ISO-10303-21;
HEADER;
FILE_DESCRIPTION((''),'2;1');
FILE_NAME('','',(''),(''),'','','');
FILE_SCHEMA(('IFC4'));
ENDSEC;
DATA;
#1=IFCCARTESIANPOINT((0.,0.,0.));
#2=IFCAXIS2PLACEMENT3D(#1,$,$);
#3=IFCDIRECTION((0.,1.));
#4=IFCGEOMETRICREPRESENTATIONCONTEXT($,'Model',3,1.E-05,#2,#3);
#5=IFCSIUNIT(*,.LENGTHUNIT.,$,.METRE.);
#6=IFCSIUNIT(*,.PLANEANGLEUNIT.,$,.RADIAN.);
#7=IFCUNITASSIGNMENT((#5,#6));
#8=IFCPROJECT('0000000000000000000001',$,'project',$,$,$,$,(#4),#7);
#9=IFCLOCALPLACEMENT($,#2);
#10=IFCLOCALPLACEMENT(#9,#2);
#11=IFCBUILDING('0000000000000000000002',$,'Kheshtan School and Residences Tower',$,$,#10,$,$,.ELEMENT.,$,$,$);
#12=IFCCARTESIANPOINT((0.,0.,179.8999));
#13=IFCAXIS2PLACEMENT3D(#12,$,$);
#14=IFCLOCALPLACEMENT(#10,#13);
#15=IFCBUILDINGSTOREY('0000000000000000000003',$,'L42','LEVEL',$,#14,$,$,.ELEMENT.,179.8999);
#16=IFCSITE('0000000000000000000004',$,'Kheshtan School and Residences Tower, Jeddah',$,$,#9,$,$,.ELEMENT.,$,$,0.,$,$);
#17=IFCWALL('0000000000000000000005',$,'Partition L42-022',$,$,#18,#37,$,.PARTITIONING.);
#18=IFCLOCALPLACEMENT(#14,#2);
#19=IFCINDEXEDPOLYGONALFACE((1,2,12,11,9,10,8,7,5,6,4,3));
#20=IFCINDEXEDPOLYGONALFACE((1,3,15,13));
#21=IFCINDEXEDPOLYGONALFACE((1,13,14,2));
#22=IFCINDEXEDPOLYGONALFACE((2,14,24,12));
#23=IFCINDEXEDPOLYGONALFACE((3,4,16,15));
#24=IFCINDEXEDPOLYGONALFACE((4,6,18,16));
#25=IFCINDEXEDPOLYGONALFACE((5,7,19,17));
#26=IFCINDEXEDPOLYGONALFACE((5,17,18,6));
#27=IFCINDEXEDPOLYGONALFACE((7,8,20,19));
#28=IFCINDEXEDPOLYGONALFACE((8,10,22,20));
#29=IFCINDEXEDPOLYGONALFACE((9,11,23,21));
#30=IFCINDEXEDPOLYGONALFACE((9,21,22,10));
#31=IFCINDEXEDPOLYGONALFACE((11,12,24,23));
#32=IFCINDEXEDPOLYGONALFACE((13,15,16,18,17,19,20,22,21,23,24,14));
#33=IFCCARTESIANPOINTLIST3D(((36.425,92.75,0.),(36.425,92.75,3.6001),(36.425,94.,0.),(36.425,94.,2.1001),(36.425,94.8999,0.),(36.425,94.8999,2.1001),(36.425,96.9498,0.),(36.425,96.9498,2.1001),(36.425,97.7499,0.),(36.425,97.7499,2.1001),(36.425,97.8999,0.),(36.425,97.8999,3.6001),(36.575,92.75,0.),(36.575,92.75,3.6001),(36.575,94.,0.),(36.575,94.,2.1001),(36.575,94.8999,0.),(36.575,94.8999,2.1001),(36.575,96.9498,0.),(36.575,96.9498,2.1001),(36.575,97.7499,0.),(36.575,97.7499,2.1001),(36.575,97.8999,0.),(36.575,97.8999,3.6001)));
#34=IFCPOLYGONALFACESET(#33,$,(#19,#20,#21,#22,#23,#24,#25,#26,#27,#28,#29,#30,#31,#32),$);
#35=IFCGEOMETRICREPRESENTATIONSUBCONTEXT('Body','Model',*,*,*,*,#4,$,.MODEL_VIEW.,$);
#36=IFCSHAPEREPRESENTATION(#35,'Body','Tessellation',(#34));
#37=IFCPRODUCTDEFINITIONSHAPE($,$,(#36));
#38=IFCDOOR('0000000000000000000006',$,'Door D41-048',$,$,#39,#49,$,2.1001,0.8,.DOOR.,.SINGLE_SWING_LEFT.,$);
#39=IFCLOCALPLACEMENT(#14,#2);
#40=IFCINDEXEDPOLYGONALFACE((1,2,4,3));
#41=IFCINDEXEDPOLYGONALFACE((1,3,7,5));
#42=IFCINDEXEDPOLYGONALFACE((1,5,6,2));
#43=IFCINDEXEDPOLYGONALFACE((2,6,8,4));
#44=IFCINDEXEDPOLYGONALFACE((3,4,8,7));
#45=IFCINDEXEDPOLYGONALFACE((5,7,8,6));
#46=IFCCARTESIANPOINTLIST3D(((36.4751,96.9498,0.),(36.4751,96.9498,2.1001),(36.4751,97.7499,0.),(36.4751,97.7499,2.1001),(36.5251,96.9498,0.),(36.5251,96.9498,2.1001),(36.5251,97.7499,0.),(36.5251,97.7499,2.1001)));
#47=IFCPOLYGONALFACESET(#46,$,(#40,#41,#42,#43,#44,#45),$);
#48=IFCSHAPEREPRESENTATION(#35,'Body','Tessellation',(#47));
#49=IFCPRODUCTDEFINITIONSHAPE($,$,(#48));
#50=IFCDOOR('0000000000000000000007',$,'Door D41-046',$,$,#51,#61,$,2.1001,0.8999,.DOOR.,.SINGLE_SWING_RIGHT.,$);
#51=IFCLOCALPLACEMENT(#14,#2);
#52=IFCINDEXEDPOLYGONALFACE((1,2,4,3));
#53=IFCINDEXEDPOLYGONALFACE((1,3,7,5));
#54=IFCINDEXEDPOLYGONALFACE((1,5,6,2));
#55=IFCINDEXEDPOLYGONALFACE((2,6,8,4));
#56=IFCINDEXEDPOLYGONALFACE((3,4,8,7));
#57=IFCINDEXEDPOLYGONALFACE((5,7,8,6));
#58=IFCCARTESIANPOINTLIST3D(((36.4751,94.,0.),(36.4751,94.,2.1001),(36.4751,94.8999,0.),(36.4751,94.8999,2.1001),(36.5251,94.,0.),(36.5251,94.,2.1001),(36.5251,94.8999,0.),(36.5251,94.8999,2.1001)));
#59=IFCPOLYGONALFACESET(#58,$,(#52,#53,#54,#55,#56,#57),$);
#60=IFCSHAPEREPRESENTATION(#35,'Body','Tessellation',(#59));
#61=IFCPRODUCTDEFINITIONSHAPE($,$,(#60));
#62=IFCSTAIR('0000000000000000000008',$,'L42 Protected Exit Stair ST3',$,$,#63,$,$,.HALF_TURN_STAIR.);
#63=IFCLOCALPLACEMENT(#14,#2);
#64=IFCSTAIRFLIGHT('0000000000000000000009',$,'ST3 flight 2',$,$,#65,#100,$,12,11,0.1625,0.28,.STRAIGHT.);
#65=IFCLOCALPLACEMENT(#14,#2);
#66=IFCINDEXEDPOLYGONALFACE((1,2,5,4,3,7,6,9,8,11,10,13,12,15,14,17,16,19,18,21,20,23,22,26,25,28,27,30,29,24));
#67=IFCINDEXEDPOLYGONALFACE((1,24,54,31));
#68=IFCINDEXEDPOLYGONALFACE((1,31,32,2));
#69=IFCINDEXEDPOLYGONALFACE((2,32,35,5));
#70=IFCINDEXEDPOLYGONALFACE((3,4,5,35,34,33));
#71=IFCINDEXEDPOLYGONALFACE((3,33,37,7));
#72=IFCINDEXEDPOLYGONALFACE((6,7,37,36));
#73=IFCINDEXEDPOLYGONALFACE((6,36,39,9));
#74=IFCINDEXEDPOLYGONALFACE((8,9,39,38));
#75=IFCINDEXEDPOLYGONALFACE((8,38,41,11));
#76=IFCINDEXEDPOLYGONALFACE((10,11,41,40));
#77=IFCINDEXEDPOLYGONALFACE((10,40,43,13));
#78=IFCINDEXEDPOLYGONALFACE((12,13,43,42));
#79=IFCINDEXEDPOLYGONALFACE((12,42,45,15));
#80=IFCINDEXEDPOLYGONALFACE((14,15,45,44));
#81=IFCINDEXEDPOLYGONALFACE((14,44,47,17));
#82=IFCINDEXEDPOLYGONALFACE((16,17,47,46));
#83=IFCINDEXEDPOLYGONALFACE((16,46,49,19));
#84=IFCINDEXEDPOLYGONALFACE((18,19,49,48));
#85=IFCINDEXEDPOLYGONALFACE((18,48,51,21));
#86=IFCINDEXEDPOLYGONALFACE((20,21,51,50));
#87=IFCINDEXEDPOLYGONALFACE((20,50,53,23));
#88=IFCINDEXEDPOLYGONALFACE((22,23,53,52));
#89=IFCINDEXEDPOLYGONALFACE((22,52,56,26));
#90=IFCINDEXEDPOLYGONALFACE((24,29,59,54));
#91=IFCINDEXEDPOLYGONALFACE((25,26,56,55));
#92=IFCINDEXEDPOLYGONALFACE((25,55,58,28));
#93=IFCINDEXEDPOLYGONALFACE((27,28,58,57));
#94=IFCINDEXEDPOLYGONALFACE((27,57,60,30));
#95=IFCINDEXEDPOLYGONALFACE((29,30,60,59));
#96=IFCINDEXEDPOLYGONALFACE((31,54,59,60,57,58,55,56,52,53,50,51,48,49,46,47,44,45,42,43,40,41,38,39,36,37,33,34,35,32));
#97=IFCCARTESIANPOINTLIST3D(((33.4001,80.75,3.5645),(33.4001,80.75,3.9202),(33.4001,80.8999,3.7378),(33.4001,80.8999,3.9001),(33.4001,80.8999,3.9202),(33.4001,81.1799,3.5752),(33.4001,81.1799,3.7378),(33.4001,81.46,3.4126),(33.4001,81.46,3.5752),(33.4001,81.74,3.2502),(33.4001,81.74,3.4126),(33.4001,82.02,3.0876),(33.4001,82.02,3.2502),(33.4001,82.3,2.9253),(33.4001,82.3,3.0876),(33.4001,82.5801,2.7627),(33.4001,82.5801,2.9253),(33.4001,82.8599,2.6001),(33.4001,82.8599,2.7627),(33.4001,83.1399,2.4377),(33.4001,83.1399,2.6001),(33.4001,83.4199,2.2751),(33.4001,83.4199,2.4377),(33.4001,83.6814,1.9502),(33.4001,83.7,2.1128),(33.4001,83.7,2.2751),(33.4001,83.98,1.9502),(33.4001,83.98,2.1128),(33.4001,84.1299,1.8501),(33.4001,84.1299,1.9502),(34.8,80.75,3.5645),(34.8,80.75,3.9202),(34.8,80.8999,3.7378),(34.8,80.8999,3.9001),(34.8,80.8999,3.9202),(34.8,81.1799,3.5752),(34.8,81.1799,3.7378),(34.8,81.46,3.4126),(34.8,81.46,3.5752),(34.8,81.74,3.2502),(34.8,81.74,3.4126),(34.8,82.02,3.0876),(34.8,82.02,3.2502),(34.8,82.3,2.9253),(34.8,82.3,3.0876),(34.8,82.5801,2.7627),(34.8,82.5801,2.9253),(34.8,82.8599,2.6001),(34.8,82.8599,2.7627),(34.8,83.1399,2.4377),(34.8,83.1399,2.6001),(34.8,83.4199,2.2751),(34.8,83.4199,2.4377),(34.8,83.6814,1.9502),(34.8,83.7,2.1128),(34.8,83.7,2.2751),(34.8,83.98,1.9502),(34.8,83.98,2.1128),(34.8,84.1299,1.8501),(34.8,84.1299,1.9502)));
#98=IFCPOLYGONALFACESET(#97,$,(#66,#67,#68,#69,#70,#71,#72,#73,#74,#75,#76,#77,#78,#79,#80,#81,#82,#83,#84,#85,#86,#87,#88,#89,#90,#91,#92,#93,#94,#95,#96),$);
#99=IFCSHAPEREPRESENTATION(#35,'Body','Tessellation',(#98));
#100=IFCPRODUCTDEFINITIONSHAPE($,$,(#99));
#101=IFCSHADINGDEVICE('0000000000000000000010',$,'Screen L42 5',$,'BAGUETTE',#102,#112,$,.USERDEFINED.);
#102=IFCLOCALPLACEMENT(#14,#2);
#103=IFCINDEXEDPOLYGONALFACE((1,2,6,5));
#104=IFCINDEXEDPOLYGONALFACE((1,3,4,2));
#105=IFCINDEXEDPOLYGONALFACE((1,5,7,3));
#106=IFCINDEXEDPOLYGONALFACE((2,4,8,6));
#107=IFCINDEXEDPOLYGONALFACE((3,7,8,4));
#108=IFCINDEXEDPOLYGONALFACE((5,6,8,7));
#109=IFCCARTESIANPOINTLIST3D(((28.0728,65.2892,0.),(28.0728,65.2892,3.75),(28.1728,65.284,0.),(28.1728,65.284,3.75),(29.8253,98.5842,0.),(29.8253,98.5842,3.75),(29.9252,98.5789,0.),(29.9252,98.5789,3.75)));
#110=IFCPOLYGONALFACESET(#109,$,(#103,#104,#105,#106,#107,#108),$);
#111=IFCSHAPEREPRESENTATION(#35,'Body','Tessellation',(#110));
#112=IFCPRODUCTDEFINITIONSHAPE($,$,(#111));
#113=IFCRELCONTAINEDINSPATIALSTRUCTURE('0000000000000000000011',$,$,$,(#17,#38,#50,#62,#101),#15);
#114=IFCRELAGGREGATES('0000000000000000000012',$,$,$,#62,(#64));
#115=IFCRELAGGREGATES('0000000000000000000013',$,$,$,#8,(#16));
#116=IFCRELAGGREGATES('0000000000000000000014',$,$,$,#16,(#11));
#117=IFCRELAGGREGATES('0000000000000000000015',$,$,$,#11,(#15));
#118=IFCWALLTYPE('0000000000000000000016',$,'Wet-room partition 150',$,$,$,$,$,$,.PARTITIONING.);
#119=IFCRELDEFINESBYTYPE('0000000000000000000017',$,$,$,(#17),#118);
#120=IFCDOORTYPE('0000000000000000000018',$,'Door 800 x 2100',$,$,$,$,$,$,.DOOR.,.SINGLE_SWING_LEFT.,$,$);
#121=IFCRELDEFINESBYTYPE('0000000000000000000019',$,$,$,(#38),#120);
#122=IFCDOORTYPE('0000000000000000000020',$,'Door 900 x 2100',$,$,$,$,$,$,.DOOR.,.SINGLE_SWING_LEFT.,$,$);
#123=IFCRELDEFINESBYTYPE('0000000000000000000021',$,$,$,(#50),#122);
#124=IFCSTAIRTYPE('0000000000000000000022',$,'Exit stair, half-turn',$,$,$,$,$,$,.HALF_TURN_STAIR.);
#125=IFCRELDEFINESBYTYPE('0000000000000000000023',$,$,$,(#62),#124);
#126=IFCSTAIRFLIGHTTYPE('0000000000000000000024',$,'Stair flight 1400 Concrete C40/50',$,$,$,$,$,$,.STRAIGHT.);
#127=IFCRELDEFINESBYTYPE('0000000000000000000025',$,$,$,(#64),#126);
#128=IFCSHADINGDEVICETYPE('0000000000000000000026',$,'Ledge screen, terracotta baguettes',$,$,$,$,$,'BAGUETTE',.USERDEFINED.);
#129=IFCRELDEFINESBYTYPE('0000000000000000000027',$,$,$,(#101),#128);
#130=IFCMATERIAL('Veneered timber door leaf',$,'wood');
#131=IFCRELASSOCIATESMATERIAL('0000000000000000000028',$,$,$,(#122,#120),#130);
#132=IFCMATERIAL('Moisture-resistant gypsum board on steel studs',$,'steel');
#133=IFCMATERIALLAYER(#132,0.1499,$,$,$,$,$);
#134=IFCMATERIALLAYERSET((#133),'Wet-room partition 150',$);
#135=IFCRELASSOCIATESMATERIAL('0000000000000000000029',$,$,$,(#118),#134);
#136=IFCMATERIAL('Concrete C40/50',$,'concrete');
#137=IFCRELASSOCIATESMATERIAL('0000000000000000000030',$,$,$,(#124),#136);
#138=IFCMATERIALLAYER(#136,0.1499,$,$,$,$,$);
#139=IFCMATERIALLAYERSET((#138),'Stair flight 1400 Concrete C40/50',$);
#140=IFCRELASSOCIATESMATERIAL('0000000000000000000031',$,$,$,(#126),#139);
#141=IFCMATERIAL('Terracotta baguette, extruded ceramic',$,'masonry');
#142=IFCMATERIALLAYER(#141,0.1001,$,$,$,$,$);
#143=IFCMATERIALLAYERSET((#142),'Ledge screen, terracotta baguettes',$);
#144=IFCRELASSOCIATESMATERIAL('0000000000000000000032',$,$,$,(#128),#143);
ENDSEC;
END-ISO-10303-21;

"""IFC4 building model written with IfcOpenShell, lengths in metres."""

from ifc_helpers import new_model, si_unit, direction, frame, frame_2d, origin, origin_2d, place, context, subcontext, project, spatial, polyline, rectangle, outline, extrude, source, transform, mapped, material, layer, layer_set, type_object, element, fill, aggregate, save


model = new_model("IFC4")

# Units and contexts
model_context = context("Model", 3, precision=1e-05, world=origin(), true_north=direction((0.0, 1.0)))
body_context = subcontext(model_context, "Body", "Model", "MODEL_VIEW")
ifc_project = project(units=[si_unit("LENGTHUNIT", "METRE"), si_unit("PLANEANGLEUNIT", "RADIAN")], contexts=[model_context])

# Site, building, storey
site_placement = place(None, origin())
site = spatial("IfcSite", under=ifc_project, at=site_placement, Name="Kheshtan School and Residences Tower, Jeddah", CompositionType="ELEMENT", RefElevation=0.0)
building_placement = place(site_placement, origin())
building = spatial("IfcBuilding", under=site, at=building_placement, Name="Kheshtan School and Residences Tower", CompositionType="ELEMENT")
storey_placement = place(building_placement, frame((0.0, 0.0, 179.8999)))
storey = spatial("IfcBuildingStorey", under=building, at=storey_placement, Name="L42", Description="LEVEL", CompositionType="ELEMENT", Elevation=179.8999)

# Shared definitions
ifc_material_1 = material(Name="Veneered timber door leaf", Category="wood")
door_type_1 = type_object("IfcDoorType", Name="Door 900 x 2100", OperationType="SINGLE_SWING_LEFT", PredefinedType="DOOR", material=ifc_material_1)
shared_shape_1 = source(origin(), body_context, "Body", "SweptSolid", [
    extrude(rectangle(XDim=0.8999, YDim=2.1001, at=frame_2d((0.45, 1.05))), frame((0.0, 0.0249, 0.0), z_axis=(0.0, -1.0, 0.0), x_axis=(1.0, 0.0, 0.0)), (0.0, 0.0, 1.0), 0.05),
])

# Shared definitions
ifc_material_2 = material(Name="Concrete C40/50", Category="concrete")
ifc_material_3 = material(Name="Moisture-resistant gypsum board on steel studs", Category="steel")
ifc_layer_1 = layer(ifc_material_3, 0.1499)
ifc_layer_set_1 = layer_set([ifc_layer_1], Name="Wet-room partition 150")
wall_type_1 = type_object("IfcWallType", Name="Wet-room partition 150", PredefinedType="PARTITIONING", material=ifc_layer_set_1)

# Shared definitions
door_type_2 = type_object("IfcDoorType", Name="Door 800 x 2100", OperationType="SINGLE_SWING_LEFT", PredefinedType="DOOR", material=ifc_material_1)
shared_shape_2 = source(origin(), body_context, "Body", "SweptSolid", [
    extrude(rectangle(XDim=0.8, YDim=2.1001, at=frame_2d((0.3999, 1.05))), frame((0.0, 0.0249, 0.0), z_axis=(0.0, -1.0, 0.0), x_axis=(1.0, 0.0, 0.0)), (0.0, 0.0, 1.0), 0.05),
])

# Wall, openings, doors
wall_1_placement = place(storey_placement, frame((36.5, 92.75, 0.0), z_axis=(0.0, 0.0, 1.0), x_axis=(0.0, 1.0, 0.0)))
wall_1 = element("IfcWall", 1, at=wall_1_placement, inside=storey, type_object=wall_type_1, Name="Partition L42-022", PredefinedType="PARTITIONING", context=body_context, shape_type="SweptSolid", body=[
    extrude(rectangle(XDim=5.1499, YDim=0.1499, at=frame_2d((2.575, 0.0))), origin(), (0.0, 0.0, 1.0), 3.6001),
])
opening_1_placement = place(wall_1_placement, frame((1.25, 0.0, 0.0)))
opening_1 = element("IfcOpeningElement", 2, at=opening_1_placement, cuts=wall_1, PredefinedType="OPENING", context=body_context, shape_type="SweptSolid", body=[
    extrude(rectangle(XDim=0.8999, YDim=2.1001, at=frame_2d((0.45, 1.05))), frame((0.0, 0.085, 0.0), z_axis=(0.0, -1.0, 0.0), x_axis=(1.0, 0.0, 0.0)), (0.0, 0.0, 1.0), 0.1699),
])
opening_2_placement = place(wall_1_placement, frame((4.2, 0.0, 0.0)))
opening_2 = element("IfcOpeningElement", 3, at=opening_2_placement, cuts=wall_1, PredefinedType="OPENING", context=body_context, shape_type="SweptSolid", body=[
    extrude(rectangle(XDim=0.8, YDim=2.1001, at=frame_2d((0.3999, 1.05))), frame((0.0, 0.085, 0.0), z_axis=(0.0, -1.0, 0.0), x_axis=(1.0, 0.0, 0.0)), (0.0, 0.0, 1.0), 0.1699),
])
door_1_placement = place(opening_2_placement, origin())
door_1 = element("IfcDoor", 4, at=door_1_placement, inside=storey, type_object=door_type_2, Name="Door D41-048", OperationType="SINGLE_SWING_LEFT", OverallHeight=2.1001, OverallWidth=0.8, PredefinedType="DOOR", context=body_context, shape_type="MappedRepresentation", body=[
    mapped(shared_shape_2, transform((0.0, 0.0, 0.0), x_axis=(1.0, 0.0, 0.0), y_axis=(0.0, 1.0, 0.0), z_axis=(0.0, 0.0, 1.0), scale=1.0)),
])
fill(opening_2, door_1)
door_2_placement = place(opening_1_placement, origin())
door_2 = element("IfcDoor", 5, at=door_2_placement, inside=storey, type_object=door_type_1, Name="Door D41-046", OperationType="SINGLE_SWING_RIGHT", OverallHeight=2.1001, OverallWidth=0.8999, PredefinedType="DOOR", context=body_context, shape_type="MappedRepresentation", body=[
    mapped(shared_shape_1, transform((0.0, 0.0, 0.0), x_axis=(1.0, 0.0, 0.0), y_axis=(0.0, 1.0, 0.0), z_axis=(0.0, 0.0, 1.0), scale=1.0)),
])
fill(opening_1, door_2)

# Stair, stair flight
stair_type = type_object("IfcStairType", Name="Exit stair, half-turn", PredefinedType="HALF_TURN_STAIR", material=ifc_material_2)
stair_placement = place(storey_placement, origin())
stair = element("IfcStair", 6, at=stair_placement, inside=storey, type_object=stair_type, Name="L42 Protected Exit Stair ST3", PredefinedType="HALF_TURN_STAIR")
ifc_layer_2 = layer(ifc_material_2, 0.1499)
ifc_layer_set_2 = layer_set([ifc_layer_2], Name="Stair flight 1400 Concrete C40/50")
stair_flight_type = type_object("IfcStairFlightType", Name="Stair flight 1400 Concrete C40/50", PredefinedType="STRAIGHT", material=ifc_layer_set_2)
stair_flight_placement = place(storey_placement, frame((34.1001, 83.98, 1.9502), z_axis=(0.0, 0.0, 1.0), x_axis=(0.0, -1.0, 0.0)))
stair_flight = element("IfcStairFlight", 7, at=stair_flight_placement, type_object=stair_flight_type, Name="ST3 flight 2", NumberOfRisers=12, NumberOfTreads=11, PredefinedType="STRAIGHT", RiserHeight=0.1625, TreadLength=0.28, context=body_context, shape_type="SweptSolid", body=[
    extrude(outline(polyline([(-0.1499, -0.1001), (-0.1499, 0.0), (0.0, 0.0), (0.0, 0.1626), (0.28, 0.1626), (0.28, 0.325), (0.5601, 0.325), (0.5601, 0.4875), (0.8401, 0.4875), (0.8401, 0.6499), (1.1201, 0.6499), (1.1201, 0.8125), (1.3999, 0.8125), (1.3999, 0.9751), (1.6799, 0.9751), (1.6799, 1.1375), (1.96, 1.1375), (1.96, 1.3), (2.24, 1.3), (2.24, 1.4624), (2.52, 1.4624), (2.52, 1.625), (2.8, 1.625), (2.8, 1.7876), (3.0801, 1.7876), (3.0801, 1.95), (3.0801, 1.97), (3.23, 1.97), (3.23, 1.6143), (0.2986, 0.0), (-0.1499, -0.1001)])), frame((0.0, 0.7, 0.0), z_axis=(0.0, -1.0, 0.0), x_axis=(1.0, 0.0, 0.0)), (0.0, 0.0, 1.0), 1.3999),
])
aggregate(stair, [stair_flight])

# Shading device
ifc_material_4 = material(Name="Terracotta baguette, extruded ceramic", Category="masonry")
ifc_layer_3 = layer(ifc_material_4, 0.1001)
ifc_layer_set_3 = layer_set([ifc_layer_3], Name="Ledge screen, terracotta baguettes")
shading_device_type = type_object("IfcShadingDeviceType", Name="Ledge screen, terracotta baguettes", ElementType="BAGUETTE", PredefinedType="USERDEFINED", material=ifc_layer_set_3)
shading_device_placement = place(storey_placement, frame((28.999, 81.9341, 0.0), z_axis=(0.0, 0.0, 1.0), x_axis=(0.052563, 0.998618, 0.0)))
element("IfcShadingDevice", 8, at=shading_device_placement, inside=storey, type_object=shading_device_type, Name="Screen L42 5", ObjectType="BAGUETTE", PredefinedType="USERDEFINED", context=body_context, shape_type="SweptSolid", body=[
    extrude(rectangle(XDim=33.3411, YDim=0.1001, at=origin_2d()), origin(), (0.0, 0.0, 1.0), 3.75),
])

save(model, "model.ifc")
